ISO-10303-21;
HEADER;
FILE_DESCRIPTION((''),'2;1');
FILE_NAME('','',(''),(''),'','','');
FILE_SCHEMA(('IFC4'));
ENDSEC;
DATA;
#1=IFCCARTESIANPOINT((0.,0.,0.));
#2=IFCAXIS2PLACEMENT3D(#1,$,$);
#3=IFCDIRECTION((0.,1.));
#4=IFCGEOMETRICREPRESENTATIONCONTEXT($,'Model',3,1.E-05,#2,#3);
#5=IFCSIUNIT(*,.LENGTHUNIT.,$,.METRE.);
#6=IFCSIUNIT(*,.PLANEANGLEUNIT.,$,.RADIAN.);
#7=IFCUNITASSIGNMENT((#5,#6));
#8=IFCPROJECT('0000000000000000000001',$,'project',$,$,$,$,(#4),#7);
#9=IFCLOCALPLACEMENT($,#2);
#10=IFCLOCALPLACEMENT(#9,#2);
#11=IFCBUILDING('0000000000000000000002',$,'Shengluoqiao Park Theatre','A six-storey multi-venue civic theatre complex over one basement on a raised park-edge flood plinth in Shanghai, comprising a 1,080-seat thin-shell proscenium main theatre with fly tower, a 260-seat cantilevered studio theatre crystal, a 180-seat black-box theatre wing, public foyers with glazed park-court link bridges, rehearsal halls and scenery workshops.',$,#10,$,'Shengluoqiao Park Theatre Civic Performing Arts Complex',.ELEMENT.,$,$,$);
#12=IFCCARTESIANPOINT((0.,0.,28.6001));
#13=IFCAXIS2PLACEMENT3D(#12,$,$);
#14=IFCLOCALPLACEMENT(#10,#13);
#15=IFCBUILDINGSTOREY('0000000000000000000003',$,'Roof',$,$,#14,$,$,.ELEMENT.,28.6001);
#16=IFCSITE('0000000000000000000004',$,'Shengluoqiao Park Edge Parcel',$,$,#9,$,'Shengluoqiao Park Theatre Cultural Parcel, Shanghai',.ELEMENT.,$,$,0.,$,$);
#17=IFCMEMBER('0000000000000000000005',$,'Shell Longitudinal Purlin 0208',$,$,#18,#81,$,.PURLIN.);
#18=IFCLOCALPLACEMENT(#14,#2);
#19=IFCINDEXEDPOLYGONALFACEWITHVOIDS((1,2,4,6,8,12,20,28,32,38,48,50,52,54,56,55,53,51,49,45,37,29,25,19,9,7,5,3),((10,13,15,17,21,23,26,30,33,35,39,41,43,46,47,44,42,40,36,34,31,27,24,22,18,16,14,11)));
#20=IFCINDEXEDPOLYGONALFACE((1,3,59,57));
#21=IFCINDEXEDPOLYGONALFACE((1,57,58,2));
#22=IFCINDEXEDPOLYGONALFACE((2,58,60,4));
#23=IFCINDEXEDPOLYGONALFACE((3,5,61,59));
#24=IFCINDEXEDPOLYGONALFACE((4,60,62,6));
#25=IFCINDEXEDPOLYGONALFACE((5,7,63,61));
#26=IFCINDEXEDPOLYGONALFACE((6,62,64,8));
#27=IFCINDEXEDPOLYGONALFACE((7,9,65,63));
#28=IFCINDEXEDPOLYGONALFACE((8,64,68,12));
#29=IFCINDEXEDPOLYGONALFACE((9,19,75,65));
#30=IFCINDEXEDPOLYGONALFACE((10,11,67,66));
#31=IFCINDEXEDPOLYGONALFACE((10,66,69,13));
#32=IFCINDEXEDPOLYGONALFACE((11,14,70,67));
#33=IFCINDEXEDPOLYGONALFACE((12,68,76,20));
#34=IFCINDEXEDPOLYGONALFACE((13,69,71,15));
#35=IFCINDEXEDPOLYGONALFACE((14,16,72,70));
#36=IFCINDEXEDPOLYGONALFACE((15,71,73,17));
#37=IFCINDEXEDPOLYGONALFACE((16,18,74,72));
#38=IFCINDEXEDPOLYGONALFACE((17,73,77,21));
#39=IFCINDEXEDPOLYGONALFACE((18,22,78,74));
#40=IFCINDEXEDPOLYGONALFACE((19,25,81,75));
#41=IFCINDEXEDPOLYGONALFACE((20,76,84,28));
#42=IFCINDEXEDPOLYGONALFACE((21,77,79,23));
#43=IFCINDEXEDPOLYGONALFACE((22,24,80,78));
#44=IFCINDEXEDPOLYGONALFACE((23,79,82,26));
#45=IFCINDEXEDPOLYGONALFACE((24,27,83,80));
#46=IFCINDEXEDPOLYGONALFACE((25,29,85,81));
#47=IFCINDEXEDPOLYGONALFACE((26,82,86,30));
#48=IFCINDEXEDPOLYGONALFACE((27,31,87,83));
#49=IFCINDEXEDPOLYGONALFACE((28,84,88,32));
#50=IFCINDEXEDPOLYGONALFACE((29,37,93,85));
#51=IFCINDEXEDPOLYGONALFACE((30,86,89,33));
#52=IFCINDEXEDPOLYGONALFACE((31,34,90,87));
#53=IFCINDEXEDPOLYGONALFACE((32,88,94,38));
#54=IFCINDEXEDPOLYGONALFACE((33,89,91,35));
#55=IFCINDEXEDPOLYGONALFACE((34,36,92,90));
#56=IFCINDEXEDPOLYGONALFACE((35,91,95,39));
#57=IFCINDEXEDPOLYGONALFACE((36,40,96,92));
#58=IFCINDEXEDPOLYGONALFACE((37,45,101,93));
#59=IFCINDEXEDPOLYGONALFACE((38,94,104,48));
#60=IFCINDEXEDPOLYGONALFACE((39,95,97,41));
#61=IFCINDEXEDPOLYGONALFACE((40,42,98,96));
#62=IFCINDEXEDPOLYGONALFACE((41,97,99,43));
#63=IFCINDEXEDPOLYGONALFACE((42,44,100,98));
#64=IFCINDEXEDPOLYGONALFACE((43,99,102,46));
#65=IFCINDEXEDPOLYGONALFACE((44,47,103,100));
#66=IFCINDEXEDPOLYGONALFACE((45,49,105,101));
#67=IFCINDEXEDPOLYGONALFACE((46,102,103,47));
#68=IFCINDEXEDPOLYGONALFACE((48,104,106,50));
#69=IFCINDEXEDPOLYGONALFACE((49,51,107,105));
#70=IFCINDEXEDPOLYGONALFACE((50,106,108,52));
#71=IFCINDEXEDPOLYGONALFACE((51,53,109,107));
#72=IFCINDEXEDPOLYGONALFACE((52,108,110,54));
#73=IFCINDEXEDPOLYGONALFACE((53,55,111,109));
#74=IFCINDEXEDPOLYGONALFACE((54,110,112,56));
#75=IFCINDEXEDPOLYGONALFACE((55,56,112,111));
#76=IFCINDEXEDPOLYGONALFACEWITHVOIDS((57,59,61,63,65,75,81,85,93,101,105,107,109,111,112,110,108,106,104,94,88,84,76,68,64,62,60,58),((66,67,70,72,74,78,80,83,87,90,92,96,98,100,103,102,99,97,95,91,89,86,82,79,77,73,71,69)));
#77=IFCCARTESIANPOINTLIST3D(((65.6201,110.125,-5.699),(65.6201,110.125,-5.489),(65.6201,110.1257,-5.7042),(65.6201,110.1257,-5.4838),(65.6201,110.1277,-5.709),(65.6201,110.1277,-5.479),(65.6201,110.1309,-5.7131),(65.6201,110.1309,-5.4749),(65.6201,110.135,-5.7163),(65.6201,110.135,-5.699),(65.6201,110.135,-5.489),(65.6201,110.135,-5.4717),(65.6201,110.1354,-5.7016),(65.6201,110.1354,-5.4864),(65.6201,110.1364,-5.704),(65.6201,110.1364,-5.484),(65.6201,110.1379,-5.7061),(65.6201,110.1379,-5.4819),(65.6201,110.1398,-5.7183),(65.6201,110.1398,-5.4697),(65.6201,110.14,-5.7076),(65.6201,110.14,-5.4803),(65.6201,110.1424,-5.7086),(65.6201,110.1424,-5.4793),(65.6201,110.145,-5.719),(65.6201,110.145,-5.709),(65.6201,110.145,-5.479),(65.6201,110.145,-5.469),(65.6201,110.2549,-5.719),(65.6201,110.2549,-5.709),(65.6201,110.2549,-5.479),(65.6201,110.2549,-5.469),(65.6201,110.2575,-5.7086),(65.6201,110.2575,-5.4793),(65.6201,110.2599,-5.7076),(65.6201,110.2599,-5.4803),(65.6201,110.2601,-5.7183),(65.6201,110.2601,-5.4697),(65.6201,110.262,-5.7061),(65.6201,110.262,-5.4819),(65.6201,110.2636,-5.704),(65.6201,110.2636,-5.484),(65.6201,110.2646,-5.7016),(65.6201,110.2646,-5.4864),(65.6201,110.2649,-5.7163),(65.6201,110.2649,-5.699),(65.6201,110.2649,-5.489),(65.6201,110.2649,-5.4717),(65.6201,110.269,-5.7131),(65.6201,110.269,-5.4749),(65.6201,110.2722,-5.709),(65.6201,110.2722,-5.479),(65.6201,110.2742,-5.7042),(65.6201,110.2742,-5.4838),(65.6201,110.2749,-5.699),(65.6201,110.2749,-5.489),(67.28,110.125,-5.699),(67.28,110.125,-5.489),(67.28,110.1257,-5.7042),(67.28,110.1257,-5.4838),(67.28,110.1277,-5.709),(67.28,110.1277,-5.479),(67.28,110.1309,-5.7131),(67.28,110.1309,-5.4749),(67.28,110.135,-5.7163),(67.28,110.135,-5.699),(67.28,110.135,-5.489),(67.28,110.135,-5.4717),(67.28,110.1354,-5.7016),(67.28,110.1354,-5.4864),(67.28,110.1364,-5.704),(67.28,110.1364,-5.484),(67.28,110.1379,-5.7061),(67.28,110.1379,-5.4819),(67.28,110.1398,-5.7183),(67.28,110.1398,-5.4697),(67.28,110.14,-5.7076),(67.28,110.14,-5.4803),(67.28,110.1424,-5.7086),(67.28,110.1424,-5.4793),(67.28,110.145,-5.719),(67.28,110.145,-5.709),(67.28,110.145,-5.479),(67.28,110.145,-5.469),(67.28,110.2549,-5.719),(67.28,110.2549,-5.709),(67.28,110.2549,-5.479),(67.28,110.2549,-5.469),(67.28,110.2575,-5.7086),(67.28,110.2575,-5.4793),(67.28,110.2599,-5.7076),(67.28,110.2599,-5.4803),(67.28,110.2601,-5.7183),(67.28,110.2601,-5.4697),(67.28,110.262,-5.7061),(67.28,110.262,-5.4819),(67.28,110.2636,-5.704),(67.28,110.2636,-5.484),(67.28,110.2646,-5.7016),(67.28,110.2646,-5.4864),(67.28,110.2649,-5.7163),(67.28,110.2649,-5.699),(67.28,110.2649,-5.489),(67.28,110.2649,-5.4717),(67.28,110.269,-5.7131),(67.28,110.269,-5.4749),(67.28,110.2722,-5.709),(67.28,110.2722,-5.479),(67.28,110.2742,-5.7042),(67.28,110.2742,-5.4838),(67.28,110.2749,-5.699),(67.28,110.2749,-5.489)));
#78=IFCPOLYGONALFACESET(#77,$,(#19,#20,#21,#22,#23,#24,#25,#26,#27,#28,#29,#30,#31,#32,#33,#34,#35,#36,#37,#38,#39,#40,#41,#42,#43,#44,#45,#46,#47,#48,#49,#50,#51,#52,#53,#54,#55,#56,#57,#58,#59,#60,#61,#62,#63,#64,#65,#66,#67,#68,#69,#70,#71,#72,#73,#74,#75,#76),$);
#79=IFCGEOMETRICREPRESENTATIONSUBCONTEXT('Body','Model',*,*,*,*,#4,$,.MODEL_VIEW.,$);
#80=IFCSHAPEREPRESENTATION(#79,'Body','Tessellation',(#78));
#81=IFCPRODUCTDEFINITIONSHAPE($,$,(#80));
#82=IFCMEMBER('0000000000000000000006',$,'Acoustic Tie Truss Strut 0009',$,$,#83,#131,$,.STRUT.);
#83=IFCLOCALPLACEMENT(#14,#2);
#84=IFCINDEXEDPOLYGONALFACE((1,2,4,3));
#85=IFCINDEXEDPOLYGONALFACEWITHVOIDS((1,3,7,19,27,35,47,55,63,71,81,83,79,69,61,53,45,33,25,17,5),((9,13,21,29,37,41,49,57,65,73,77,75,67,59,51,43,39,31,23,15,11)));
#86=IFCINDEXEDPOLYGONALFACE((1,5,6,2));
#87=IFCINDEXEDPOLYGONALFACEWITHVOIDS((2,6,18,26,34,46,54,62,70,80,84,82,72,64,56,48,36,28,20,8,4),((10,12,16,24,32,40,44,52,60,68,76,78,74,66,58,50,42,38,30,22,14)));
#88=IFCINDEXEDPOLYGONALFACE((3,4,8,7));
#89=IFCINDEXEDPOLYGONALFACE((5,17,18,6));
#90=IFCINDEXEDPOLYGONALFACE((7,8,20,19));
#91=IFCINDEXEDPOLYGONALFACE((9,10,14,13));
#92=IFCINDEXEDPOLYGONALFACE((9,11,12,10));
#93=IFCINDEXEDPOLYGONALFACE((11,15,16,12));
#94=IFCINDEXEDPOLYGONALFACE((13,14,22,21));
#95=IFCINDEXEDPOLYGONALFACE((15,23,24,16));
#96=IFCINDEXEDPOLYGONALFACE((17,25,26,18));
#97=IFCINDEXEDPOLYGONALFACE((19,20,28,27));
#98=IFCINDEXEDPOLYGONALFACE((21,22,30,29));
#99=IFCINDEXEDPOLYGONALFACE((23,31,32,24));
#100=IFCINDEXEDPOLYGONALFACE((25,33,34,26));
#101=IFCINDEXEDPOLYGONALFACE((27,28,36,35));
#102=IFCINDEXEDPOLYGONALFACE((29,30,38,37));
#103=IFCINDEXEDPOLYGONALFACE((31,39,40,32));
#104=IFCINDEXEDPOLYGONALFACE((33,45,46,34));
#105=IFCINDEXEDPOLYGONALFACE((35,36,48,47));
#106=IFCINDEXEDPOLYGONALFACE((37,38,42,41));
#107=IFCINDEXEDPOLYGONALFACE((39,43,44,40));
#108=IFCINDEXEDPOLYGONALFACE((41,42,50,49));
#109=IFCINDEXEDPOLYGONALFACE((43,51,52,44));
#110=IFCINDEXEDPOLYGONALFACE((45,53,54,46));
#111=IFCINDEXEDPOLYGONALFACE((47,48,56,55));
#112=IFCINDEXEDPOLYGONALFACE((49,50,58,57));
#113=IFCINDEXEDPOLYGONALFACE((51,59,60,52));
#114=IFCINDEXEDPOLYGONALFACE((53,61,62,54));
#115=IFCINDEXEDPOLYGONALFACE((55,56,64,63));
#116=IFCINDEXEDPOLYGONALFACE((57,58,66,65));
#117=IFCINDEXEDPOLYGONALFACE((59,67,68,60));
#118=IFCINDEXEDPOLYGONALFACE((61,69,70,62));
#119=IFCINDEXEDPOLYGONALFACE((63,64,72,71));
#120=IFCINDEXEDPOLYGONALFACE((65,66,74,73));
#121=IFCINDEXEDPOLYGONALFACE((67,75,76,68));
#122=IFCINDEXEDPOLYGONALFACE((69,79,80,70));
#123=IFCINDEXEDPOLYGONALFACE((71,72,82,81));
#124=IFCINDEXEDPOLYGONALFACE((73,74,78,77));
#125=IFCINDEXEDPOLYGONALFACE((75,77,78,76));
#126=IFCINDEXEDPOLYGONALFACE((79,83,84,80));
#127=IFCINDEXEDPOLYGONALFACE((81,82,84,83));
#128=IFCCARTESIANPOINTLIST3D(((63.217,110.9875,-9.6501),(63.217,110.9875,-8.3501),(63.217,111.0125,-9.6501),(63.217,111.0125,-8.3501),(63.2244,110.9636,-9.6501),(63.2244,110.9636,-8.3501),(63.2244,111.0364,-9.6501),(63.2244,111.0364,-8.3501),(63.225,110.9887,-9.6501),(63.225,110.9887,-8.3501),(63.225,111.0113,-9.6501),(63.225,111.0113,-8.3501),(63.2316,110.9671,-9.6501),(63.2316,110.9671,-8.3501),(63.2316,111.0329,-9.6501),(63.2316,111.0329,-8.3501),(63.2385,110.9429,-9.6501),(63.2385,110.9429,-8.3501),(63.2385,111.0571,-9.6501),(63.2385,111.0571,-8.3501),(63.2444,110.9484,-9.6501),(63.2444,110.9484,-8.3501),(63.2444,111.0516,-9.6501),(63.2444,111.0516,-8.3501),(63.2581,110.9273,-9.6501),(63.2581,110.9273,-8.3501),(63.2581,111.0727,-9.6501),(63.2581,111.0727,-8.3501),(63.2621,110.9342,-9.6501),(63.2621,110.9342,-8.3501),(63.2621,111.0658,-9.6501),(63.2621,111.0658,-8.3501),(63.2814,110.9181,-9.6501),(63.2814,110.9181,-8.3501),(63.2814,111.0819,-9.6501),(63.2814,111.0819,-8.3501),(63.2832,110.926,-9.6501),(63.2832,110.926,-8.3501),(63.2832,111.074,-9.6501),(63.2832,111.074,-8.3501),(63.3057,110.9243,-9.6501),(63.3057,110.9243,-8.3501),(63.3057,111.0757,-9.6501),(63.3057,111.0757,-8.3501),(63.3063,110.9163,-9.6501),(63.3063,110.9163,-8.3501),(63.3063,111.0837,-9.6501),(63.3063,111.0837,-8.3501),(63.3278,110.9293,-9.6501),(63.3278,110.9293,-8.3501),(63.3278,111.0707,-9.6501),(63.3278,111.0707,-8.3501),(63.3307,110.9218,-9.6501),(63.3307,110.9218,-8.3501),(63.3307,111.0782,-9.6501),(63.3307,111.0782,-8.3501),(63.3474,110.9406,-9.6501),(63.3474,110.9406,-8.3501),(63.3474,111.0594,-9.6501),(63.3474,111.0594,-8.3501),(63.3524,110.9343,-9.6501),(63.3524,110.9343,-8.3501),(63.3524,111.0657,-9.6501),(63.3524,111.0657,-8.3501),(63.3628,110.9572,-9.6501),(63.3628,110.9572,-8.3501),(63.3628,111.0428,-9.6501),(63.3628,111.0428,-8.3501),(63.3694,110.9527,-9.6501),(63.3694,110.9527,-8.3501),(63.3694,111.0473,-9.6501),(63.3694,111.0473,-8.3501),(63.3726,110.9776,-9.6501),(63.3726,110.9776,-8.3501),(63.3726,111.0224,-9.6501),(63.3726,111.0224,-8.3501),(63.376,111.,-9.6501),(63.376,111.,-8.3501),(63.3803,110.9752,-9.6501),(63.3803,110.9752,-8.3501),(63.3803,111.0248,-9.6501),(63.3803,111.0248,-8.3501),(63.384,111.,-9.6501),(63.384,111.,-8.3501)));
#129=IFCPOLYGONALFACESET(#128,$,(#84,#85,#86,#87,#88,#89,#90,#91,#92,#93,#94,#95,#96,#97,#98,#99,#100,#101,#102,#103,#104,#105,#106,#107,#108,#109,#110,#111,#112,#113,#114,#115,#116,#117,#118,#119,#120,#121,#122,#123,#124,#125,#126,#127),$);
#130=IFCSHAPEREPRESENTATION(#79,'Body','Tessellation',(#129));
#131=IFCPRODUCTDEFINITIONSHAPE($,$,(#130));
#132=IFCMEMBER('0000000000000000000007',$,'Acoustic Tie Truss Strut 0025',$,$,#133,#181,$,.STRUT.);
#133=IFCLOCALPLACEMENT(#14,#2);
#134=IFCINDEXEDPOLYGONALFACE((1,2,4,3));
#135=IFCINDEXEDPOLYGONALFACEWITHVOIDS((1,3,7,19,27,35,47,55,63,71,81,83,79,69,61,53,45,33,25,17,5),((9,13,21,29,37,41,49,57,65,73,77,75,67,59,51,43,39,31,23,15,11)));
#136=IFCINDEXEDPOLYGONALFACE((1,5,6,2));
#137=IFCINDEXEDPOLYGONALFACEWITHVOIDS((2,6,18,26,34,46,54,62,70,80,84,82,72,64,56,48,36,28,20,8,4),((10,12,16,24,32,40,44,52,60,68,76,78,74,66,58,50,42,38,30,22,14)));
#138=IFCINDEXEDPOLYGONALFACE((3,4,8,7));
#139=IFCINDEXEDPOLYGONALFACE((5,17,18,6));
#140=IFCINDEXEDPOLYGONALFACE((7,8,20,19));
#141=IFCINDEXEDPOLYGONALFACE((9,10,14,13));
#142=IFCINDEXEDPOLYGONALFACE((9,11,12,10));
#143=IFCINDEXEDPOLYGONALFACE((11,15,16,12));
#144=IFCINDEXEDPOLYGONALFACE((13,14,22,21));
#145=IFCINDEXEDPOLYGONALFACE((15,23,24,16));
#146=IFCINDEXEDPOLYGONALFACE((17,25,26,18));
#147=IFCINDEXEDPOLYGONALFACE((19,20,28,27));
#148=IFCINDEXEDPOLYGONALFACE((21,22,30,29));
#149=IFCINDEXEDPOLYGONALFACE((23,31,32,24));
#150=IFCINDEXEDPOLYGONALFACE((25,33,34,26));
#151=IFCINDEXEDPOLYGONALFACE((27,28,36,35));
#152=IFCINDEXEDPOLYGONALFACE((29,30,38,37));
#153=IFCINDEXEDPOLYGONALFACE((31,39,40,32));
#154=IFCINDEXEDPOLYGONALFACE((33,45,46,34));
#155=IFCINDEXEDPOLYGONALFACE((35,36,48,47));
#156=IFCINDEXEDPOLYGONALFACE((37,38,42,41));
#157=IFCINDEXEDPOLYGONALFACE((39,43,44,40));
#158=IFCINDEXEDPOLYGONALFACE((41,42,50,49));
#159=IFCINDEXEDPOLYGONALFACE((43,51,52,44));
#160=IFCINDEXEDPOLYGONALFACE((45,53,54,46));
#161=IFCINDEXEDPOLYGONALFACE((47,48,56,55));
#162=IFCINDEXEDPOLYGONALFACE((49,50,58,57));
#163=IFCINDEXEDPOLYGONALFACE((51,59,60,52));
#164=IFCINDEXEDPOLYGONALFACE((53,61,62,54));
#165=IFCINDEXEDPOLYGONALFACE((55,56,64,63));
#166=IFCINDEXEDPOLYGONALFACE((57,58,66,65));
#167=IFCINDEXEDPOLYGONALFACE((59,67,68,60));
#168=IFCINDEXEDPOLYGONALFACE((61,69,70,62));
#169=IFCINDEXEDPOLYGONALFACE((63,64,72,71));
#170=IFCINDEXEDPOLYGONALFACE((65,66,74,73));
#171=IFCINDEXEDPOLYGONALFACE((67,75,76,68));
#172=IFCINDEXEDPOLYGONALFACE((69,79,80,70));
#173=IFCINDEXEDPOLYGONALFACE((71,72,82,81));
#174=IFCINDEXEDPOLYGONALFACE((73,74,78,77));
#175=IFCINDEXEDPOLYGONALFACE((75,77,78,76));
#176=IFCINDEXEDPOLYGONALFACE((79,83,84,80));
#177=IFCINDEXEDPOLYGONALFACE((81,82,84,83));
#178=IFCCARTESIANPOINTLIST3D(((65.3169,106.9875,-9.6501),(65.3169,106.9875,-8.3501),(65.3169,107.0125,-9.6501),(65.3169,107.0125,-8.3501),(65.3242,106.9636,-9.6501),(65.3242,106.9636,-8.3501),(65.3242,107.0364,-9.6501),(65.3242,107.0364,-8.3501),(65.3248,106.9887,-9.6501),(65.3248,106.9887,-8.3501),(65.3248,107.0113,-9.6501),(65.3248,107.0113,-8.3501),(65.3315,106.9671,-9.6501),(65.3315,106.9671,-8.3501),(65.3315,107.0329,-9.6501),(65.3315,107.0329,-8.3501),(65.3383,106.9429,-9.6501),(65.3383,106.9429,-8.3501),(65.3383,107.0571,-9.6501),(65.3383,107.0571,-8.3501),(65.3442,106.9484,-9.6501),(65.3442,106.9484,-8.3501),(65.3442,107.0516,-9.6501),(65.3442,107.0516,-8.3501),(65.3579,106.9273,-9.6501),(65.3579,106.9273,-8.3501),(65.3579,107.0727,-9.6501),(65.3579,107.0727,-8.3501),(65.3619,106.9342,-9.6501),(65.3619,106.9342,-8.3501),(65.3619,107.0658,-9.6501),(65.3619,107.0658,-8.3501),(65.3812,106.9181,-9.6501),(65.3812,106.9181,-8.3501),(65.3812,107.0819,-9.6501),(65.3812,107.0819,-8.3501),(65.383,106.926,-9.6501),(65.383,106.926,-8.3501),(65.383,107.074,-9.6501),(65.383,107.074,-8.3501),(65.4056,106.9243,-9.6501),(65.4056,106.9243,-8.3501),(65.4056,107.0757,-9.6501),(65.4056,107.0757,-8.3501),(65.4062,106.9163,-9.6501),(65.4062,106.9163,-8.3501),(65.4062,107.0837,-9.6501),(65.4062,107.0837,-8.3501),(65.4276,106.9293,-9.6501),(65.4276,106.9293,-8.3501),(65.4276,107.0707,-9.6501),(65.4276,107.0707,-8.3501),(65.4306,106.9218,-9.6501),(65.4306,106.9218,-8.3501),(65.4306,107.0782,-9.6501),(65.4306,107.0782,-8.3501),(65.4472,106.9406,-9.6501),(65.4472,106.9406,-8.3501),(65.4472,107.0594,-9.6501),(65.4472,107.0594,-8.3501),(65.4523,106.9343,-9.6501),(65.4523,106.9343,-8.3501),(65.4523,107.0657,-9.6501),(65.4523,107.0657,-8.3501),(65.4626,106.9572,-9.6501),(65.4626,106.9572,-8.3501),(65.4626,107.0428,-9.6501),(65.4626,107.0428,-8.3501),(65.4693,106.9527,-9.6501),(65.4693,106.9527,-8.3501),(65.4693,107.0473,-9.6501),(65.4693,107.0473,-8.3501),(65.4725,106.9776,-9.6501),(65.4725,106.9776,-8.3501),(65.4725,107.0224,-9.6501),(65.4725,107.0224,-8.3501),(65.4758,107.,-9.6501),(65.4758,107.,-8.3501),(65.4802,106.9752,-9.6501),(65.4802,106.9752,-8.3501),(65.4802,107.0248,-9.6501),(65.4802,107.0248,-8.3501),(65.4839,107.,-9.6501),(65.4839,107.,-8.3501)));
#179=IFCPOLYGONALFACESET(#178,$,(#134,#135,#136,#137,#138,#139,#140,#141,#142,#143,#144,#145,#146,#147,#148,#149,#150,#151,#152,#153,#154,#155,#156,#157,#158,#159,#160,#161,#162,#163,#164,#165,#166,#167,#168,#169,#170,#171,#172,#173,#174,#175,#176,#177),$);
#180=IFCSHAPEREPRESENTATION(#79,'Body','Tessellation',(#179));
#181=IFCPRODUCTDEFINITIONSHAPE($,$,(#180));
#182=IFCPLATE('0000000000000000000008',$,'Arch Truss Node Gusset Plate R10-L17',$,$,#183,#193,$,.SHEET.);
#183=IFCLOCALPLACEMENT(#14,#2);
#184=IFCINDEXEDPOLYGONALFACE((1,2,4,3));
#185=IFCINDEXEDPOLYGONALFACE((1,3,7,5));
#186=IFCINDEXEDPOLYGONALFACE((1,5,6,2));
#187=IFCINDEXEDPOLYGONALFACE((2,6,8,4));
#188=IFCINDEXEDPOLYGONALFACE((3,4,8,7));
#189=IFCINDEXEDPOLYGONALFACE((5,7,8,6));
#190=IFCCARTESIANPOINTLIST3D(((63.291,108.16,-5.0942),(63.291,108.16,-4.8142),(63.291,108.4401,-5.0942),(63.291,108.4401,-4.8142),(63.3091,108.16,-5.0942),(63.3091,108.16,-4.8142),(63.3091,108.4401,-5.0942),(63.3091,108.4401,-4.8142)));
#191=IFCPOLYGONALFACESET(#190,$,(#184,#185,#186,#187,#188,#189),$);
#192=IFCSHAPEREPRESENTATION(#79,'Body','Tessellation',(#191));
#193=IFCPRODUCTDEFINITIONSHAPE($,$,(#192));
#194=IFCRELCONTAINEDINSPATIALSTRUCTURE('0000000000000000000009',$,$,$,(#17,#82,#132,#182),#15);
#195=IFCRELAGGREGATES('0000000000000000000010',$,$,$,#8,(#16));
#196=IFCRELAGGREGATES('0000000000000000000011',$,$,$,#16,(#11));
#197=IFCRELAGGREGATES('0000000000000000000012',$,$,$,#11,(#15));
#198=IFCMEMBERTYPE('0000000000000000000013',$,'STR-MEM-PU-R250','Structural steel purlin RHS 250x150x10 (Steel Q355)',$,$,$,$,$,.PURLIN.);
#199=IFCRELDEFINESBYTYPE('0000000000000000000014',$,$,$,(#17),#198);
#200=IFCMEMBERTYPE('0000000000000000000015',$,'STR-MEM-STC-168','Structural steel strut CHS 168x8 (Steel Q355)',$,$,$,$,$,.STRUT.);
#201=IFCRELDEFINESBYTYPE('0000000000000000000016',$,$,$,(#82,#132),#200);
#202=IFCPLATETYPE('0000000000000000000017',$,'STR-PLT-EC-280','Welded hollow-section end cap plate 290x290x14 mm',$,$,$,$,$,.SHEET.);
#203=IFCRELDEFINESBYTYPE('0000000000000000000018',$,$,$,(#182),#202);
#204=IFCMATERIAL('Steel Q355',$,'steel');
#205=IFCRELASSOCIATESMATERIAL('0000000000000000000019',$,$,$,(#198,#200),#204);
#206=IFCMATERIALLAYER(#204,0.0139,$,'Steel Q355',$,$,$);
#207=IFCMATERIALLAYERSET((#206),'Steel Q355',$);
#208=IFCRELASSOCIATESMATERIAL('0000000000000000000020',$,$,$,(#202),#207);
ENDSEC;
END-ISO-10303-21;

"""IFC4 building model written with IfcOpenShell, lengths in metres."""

from ifc_helpers import new_model, si_unit, direction, frame, origin, origin_2d, place, context, subcontext, project, spatial, rectangle, hollow_rectangle, hollow_circle, extrude, material, layer, layer_set, material_profile, profile_set, type_object, element, save


model = new_model("IFC4")

# Units and contexts
model_context = context("Model", 3, precision=1e-05, world=origin(), true_north=direction((0.0, 1.0)))
body_context = subcontext(model_context, "Body", "Model", "MODEL_VIEW")
ifc_project = project(units=[si_unit("LENGTHUNIT", "METRE"), si_unit("PLANEANGLEUNIT", "RADIAN")], contexts=[model_context])

# Site, building, storey
site_placement = place(None, origin())
site = spatial("IfcSite", under=ifc_project, at=site_placement, Name="Shengluoqiao Park Edge Parcel", LongName="Shengluoqiao Park Theatre Cultural Parcel, Shanghai", CompositionType="ELEMENT", RefElevation=0.0)
building_placement = place(site_placement, origin())
building = spatial("IfcBuilding", under=site, at=building_placement, Name="Shengluoqiao Park Theatre", Description="A six-storey multi-venue civic theatre complex over one basement on a raised park-edge flood plinth in Shanghai, comprising a 1,080-seat thin-shell proscenium main theatre with fly tower, a 260-seat cantilevered studio theatre crystal, a 180-seat black-box theatre wing, public foyers with glazed park-court link bridges, rehearsal halls and scenery workshops.", LongName="Shengluoqiao Park Theatre Civic Performing Arts Complex", CompositionType="ELEMENT")
storey_placement = place(building_placement, frame((0.0, 0.0, 28.6001)))
storey = spatial("IfcBuildingStorey", under=building, at=storey_placement, Name="Roof", CompositionType="ELEMENT", Elevation=28.6001)

# Shared definitions
ifc_material_1 = material(Name="Steel Q355", Category="steel")

# Members
ifc_material_profile_1 = material_profile(ifc_material_1, hollow_rectangle(XDim=0.1499, YDim=0.25, WallThickness=0.01, InnerFilletRadius=0.01, OuterFilletRadius=0.02, at=origin_2d()), Name="RHS 250x150x10")
ifc_profile_set_1 = profile_set([ifc_material_profile_1], Name="Steel Q355")
member_type_1 = type_object("IfcMemberType", Name="STR-MEM-PU-R250", Description="Structural steel purlin RHS 250x150x10 (Steel Q355)", PredefinedType="PURLIN", material=ifc_profile_set_1)
for number, where, z_axis, x_axis, name in (
    (1, (65.6201, 110.2, -5.594), (1.0, 0.0, 0.0), (0.0, 1.0, 0.0), "Shell Longitudinal Purlin 0208"),
):
    element("IfcMember", number, at=place(storey_placement, frame(where, z_axis=z_axis, x_axis=x_axis)), inside=storey, type_object=member_type_1, Name=name, PredefinedType="PURLIN", context=body_context, shape_type="SweptSolid", body=[
        extrude(hollow_rectangle(XDim=0.1499, YDim=0.25, WallThickness=0.01, InnerFilletRadius=0.01, OuterFilletRadius=0.02, at=origin_2d()), origin(), (0.0, 0.0, 1.0), 1.6599),
    ])
ifc_material_profile_2 = material_profile(ifc_material_1, hollow_circle(Radius=0.084, WallThickness=0.0081, at=origin_2d()), Name="CHS 168x8")
ifc_profile_set_2 = profile_set([ifc_material_profile_2], Name="Steel Q355")
member_type_2 = type_object("IfcMemberType", Name="STR-MEM-STC-168", Description="Structural steel strut CHS 168x8 (Steel Q355)", PredefinedType="STRUT", material=ifc_profile_set_2)
for number, where, z_axis, x_axis, name in (
    (2, (63.3, 111.0, -9.6501), (0.0, 0.0, 1.0), (1.0, 0.0, 0.0), "Acoustic Tie Truss Strut 0009"),
    (3, (65.3999, 107.0, -9.6501), (0.0, 0.0, 1.0), (1.0, 0.0, 0.0), "Acoustic Tie Truss Strut 0025"),
):
    element("IfcMember", number, at=place(storey_placement, frame(where, z_axis=z_axis, x_axis=x_axis)), inside=storey, type_object=member_type_2, Name=name, PredefinedType="STRUT", context=body_context, shape_type="SweptSolid", body=[
        extrude(hollow_circle(Radius=0.084, WallThickness=0.0081, at=origin_2d()), origin(), (0.0, 0.0, 1.0), 1.3),
    ])

# Plate
ifc_layer = layer(ifc_material_1, 0.0139, Name="Steel Q355")
ifc_layer_set = layer_set([ifc_layer], Name="Steel Q355")
plate_type = type_object("IfcPlateType", Name="STR-PLT-EC-280", Description="Welded hollow-section end cap plate 290x290x14 mm", PredefinedType="SHEET", material=ifc_layer_set)
for number, where, z_axis, x_axis, name in (
    (4, (63.3, 108.3, -5.0942), (0.0, 0.0, 1.0), (1.0, 0.0, 0.0), "Arch Truss Node Gusset Plate R10-L17"),
):
    element("IfcPlate", number, at=place(storey_placement, frame(where, z_axis=z_axis, x_axis=x_axis)), inside=storey, type_object=plate_type, Name=name, PredefinedType="SHEET", context=body_context, shape_type="SweptSolid", body=[
        extrude(rectangle(XDim=0.0181, YDim=0.28, at=origin_2d()), origin(), (0.0, 0.0, 1.0), 0.28),
    ])

save(model, "model.ifc")
